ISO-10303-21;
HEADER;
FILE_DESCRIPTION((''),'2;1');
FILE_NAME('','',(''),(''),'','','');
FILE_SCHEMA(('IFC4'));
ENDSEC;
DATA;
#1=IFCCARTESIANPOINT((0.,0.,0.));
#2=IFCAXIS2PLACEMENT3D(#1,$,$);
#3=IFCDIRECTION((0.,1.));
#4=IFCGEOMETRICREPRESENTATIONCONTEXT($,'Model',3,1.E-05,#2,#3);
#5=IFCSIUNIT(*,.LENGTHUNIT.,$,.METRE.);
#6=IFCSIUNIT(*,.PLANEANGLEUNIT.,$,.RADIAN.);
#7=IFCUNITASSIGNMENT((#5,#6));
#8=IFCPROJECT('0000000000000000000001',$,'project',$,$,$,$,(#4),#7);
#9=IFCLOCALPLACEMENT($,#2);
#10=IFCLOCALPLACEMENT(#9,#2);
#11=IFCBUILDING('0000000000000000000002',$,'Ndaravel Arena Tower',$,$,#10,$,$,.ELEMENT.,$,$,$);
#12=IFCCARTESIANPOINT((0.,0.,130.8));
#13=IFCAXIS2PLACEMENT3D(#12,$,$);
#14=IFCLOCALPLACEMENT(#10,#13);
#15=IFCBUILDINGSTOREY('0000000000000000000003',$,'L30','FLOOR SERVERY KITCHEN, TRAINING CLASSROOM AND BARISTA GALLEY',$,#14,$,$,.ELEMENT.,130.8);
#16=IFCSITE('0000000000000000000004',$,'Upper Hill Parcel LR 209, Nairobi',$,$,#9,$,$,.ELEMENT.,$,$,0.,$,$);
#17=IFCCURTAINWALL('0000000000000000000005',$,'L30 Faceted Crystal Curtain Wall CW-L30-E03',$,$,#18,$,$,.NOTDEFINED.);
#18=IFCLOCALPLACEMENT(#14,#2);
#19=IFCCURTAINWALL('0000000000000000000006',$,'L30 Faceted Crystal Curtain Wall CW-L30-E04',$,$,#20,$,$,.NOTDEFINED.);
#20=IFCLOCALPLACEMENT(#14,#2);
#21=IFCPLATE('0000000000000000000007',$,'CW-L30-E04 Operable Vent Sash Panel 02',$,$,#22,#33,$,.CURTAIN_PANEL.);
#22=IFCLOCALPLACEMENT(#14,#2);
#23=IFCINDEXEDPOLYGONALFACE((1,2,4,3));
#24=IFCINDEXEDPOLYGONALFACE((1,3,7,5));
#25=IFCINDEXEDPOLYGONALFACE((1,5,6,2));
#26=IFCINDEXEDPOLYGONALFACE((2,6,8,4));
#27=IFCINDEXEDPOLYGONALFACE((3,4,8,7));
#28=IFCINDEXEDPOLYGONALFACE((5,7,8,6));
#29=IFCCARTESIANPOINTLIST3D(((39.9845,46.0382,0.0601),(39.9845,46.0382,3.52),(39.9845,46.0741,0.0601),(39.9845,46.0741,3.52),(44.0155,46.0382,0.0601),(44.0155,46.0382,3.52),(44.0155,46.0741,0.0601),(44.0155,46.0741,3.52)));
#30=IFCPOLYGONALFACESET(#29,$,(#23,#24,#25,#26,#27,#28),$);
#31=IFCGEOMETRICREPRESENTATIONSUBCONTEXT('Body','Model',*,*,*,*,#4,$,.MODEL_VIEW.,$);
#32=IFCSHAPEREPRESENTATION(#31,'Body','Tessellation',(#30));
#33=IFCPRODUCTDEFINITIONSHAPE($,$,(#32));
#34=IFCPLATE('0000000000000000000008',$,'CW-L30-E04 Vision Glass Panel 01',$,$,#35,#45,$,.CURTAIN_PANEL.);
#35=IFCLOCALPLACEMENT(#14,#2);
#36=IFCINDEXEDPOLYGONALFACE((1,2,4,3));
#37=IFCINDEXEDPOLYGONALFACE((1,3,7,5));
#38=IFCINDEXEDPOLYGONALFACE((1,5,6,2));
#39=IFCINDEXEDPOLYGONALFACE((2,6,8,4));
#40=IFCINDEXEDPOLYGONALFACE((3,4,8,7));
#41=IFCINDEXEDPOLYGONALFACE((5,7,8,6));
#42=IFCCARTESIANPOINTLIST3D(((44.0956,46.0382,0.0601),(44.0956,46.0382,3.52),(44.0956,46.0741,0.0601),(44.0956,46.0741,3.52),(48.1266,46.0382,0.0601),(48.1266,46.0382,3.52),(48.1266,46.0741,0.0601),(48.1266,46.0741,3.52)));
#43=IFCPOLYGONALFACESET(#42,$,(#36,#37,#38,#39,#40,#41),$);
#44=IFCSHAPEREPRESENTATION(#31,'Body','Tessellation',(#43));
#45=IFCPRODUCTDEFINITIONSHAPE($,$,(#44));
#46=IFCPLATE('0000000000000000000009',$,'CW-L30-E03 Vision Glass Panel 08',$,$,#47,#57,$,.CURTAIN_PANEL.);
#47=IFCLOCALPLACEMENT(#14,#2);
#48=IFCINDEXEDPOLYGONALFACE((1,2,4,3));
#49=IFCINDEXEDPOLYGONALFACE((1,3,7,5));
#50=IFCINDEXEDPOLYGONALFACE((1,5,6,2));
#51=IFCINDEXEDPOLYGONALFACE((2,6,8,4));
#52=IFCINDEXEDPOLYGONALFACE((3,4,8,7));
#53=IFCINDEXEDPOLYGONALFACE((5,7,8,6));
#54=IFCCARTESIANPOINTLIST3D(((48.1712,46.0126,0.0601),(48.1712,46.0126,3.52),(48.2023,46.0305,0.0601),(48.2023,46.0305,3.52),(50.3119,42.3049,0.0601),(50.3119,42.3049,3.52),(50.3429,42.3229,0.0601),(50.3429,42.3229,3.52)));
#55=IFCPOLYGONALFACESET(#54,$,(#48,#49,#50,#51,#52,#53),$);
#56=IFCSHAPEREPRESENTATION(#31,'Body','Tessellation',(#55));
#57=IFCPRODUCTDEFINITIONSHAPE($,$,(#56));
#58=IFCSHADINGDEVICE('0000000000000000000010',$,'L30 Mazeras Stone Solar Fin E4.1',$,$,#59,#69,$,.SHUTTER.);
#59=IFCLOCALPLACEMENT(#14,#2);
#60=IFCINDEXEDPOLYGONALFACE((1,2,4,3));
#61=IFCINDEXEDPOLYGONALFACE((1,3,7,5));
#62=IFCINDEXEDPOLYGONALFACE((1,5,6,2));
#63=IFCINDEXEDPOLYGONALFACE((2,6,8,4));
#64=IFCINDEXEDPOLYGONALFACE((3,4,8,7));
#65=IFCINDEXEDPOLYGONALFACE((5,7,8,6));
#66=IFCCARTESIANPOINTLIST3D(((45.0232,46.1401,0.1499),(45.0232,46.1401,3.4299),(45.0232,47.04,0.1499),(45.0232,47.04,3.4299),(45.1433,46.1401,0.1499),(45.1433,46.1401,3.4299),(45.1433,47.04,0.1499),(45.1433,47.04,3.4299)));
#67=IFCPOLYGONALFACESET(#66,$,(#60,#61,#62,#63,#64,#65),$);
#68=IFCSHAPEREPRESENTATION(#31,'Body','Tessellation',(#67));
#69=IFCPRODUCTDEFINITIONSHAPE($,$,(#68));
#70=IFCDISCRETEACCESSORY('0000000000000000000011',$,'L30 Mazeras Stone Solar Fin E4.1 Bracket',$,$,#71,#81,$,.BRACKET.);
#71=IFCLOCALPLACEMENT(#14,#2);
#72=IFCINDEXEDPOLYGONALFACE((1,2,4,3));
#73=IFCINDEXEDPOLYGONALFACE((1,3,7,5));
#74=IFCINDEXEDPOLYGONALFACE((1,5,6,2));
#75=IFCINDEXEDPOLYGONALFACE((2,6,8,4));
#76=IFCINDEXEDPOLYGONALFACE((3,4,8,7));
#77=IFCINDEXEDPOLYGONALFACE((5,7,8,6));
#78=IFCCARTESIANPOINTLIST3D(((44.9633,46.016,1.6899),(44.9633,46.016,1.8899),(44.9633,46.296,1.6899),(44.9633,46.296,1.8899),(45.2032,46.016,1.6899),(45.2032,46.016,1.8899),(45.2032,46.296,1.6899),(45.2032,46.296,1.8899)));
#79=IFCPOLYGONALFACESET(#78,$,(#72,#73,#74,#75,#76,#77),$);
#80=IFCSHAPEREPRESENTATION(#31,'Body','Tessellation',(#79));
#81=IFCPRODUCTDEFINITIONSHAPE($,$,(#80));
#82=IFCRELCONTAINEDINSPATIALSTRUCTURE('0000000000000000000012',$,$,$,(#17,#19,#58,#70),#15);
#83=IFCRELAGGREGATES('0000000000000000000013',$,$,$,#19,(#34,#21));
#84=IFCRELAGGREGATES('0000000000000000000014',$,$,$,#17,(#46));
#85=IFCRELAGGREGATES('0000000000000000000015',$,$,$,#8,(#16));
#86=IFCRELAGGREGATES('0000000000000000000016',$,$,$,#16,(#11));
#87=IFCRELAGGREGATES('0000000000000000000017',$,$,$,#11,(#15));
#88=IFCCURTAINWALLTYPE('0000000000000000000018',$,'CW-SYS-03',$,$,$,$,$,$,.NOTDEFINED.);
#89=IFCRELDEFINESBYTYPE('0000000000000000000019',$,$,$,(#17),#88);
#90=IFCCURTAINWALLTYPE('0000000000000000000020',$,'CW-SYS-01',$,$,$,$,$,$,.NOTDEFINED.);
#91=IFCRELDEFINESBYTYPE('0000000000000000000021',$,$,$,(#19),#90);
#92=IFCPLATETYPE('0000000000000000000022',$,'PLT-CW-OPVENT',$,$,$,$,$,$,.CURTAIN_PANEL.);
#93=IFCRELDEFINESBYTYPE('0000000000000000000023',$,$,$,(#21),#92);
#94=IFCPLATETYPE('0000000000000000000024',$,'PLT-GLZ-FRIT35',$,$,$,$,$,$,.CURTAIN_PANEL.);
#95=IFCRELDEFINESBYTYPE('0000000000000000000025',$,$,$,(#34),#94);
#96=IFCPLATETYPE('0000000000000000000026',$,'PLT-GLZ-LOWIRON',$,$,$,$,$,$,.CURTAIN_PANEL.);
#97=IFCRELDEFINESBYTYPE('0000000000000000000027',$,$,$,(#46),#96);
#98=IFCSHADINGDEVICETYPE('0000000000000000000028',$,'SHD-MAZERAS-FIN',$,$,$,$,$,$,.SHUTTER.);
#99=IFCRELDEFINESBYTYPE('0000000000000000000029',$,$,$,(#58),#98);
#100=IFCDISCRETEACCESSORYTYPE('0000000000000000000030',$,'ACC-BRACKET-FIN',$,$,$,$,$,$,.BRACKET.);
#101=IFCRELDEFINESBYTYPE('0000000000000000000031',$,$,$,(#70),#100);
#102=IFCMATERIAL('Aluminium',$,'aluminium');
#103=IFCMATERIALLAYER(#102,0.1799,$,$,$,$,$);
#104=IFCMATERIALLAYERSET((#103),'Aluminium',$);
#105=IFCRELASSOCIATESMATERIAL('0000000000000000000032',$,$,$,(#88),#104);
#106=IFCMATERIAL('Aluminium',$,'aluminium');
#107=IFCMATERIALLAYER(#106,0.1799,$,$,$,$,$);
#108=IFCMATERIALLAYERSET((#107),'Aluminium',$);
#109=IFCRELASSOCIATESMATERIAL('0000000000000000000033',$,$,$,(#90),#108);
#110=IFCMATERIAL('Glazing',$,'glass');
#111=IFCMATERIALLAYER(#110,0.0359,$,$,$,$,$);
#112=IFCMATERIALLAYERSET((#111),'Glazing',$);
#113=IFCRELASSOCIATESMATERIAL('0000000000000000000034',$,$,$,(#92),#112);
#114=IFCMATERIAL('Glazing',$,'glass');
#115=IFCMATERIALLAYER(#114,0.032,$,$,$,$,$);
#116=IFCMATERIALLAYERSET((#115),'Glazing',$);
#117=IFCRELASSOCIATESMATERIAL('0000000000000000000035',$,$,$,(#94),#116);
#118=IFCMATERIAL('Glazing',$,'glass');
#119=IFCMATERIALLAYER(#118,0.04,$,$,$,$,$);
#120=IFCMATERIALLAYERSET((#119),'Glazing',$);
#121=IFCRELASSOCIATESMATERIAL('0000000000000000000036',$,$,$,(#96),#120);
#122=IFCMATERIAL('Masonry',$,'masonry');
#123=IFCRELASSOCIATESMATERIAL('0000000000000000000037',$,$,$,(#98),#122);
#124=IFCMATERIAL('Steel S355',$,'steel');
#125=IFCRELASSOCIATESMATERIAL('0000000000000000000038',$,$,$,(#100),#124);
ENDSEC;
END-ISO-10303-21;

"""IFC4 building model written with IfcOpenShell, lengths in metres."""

from ifc_helpers import new_model, si_unit, direction, frame, origin, origin_2d, place, context, subcontext, project, spatial, rectangle, extrude, material, layer, layer_set, type_object, element, aggregate, save


model = new_model("IFC4")

# Units and contexts
model_context = context("Model", 3, precision=1e-05, world=origin(), true_north=direction((0.0, 1.0)))
body_context = subcontext(model_context, "Body", "Model", "MODEL_VIEW")
ifc_project = project(units=[si_unit("LENGTHUNIT", "METRE"), si_unit("PLANEANGLEUNIT", "RADIAN")], contexts=[model_context])

# Site, building, storey
site_placement = place(None, origin())
site = spatial("IfcSite", under=ifc_project, at=site_placement, Name="Upper Hill Parcel LR 209, Nairobi", CompositionType="ELEMENT", RefElevation=0.0)
building_placement = place(site_placement, origin())
building = spatial("IfcBuilding", under=site, at=building_placement, Name="Ndaravel Arena Tower", CompositionType="ELEMENT")
storey_placement = place(building_placement, frame((0.0, 0.0, 130.8)))
storey = spatial("IfcBuildingStorey", under=building, at=storey_placement, Name="L30", Description="FLOOR SERVERY KITCHEN, TRAINING CLASSROOM AND BARISTA GALLEY", CompositionType="ELEMENT", Elevation=130.8)

# Curtain wall
ifc_material_1 = material(Name="Aluminium", Category="aluminium")
ifc_layer_1 = layer(ifc_material_1, 0.1799)
ifc_layer_set_1 = layer_set([ifc_layer_1], Name="Aluminium")
curtain_wall_type_1 = type_object("IfcCurtainWallType", Name="CW-SYS-03", PredefinedType="NOTDEFINED", material=ifc_layer_set_1)
curtain_wall_1_placement = place(storey_placement, origin())
curtain_wall_1 = element("IfcCurtainWall", 1, at=curtain_wall_1_placement, inside=storey, type_object=curtain_wall_type_1, Name="L30 Faceted Crystal Curtain Wall CW-L30-E03", PredefinedType="NOTDEFINED")

# Curtain wall, plates
ifc_material_2 = material(Name="Aluminium", Category="aluminium")
ifc_layer_2 = layer(ifc_material_2, 0.1799)
ifc_layer_set_2 = layer_set([ifc_layer_2], Name="Aluminium")
curtain_wall_type_2 = type_object("IfcCurtainWallType", Name="CW-SYS-01", PredefinedType="NOTDEFINED", material=ifc_layer_set_2)
curtain_wall_2_placement = place(storey_placement, origin())
curtain_wall_2 = element("IfcCurtainWall", 2, at=curtain_wall_2_placement, inside=storey, type_object=curtain_wall_type_2, Name="L30 Faceted Crystal Curtain Wall CW-L30-E04", PredefinedType="NOTDEFINED")
ifc_material_3 = material(Name="Glazing", Category="glass")
ifc_layer_3 = layer(ifc_material_3, 0.0359)
ifc_layer_set_3 = layer_set([ifc_layer_3], Name="Glazing")
plate_type_1 = type_object("IfcPlateType", Name="PLT-CW-OPVENT", PredefinedType="CURTAIN_PANEL", material=ifc_layer_set_3)
plate_1_placement = place(storey_placement, frame((42.0, 46.0562, 0.0601), z_axis=(0.0, 0.0, 1.0), x_axis=(-1.0, 0.0, 0.0)))
plate_1 = element("IfcPlate", 3, at=plate_1_placement, type_object=plate_type_1, Name="CW-L30-E04 Operable Vent Sash Panel 02", PredefinedType="CURTAIN_PANEL", context=body_context, shape_type="SweptSolid", body=[
    extrude(rectangle(XDim=4.031, YDim=0.0359, at=origin_2d()), origin(), (0.0, 0.0, 1.0), 3.46),
])
ifc_material_4 = material(Name="Glazing", Category="glass")
ifc_layer_4 = layer(ifc_material_4, 0.032)
ifc_layer_set_4 = layer_set([ifc_layer_4], Name="Glazing")
plate_type_2 = type_object("IfcPlateType", Name="PLT-GLZ-FRIT35", PredefinedType="CURTAIN_PANEL", material=ifc_layer_set_4)
plate_2_placement = place(storey_placement, frame((46.1111, 46.0562, 0.0601), z_axis=(0.0, 0.0, 1.0), x_axis=(-1.0, 0.0, 0.0)))
plate_2 = element("IfcPlate", 4, at=plate_2_placement, type_object=plate_type_2, Name="CW-L30-E04 Vision Glass Panel 01", PredefinedType="CURTAIN_PANEL", context=body_context, shape_type="SweptSolid", body=[
    extrude(rectangle(XDim=4.031, YDim=0.0359, at=origin_2d()), origin(), (0.0, 0.0, 1.0), 3.46),
])
aggregate(curtain_wall_2, [plate_2, plate_1])

# Plate
ifc_material_5 = material(Name="Glazing", Category="glass")
ifc_layer_5 = layer(ifc_material_5, 0.04)
ifc_layer_set_5 = layer_set([ifc_layer_5], Name="Glazing")
plate_type_3 = type_object("IfcPlateType", Name="PLT-GLZ-LOWIRON", PredefinedType="CURTAIN_PANEL", material=ifc_layer_set_5)
plate_3_placement = place(storey_placement, frame((49.2571, 44.1677, 0.0601), z_axis=(0.0, 0.0, 1.0), x_axis=(-0.5, 0.866025, 0.0)))
plate_3 = element("IfcPlate", 5, at=plate_3_placement, type_object=plate_type_3, Name="CW-L30-E03 Vision Glass Panel 08", PredefinedType="CURTAIN_PANEL", context=body_context, shape_type="SweptSolid", body=[
    extrude(rectangle(XDim=4.2812, YDim=0.0359, at=origin_2d()), origin(), (0.0, 0.0, 1.0), 3.46),
])
aggregate(curtain_wall_1, [plate_3])

# Shading device
ifc_material_6 = material(Name="Masonry", Category="masonry")
shading_device_type = type_object("IfcShadingDeviceType", Name="SHD-MAZERAS-FIN", PredefinedType="SHUTTER", material=ifc_material_6)
shading_device_placement = place(storey_placement, frame((45.0833, 46.5901, 0.1499), z_axis=(0.0, 0.0, 1.0), x_axis=(0.0, 1.0, 0.0)))
element("IfcShadingDevice", 6, at=shading_device_placement, inside=storey, type_object=shading_device_type, Name="L30 Mazeras Stone Solar Fin E4.1", PredefinedType="SHUTTER", context=body_context, shape_type="SweptSolid", body=[
    extrude(rectangle(XDim=0.8999, YDim=0.1201, at=origin_2d()), origin(), (0.0, 0.0, 1.0), 3.28),
])

# Discrete accessory
ifc_material_7 = material(Name="Steel S355", Category="steel")
discrete_accessory_type = type_object("IfcDiscreteAccessoryType", Name="ACC-BRACKET-FIN", PredefinedType="BRACKET", material=ifc_material_7)
discrete_accessory_placement = place(storey_placement, frame((45.0833, 46.156, 1.6899), z_axis=(0.0, 0.0, 1.0), x_axis=(0.0, 1.0, 0.0)))
element("IfcDiscreteAccessory", 7, at=discrete_accessory_placement, inside=storey, type_object=discrete_accessory_type, Name="L30 Mazeras Stone Solar Fin E4.1 Bracket", PredefinedType="BRACKET", context=body_context, shape_type="SweptSolid", body=[
    extrude(rectangle(XDim=0.28, YDim=0.24, at=origin_2d()), origin(), (0.0, 0.0, 1.0), 0.2),
])

save(model, "model.ifc")
